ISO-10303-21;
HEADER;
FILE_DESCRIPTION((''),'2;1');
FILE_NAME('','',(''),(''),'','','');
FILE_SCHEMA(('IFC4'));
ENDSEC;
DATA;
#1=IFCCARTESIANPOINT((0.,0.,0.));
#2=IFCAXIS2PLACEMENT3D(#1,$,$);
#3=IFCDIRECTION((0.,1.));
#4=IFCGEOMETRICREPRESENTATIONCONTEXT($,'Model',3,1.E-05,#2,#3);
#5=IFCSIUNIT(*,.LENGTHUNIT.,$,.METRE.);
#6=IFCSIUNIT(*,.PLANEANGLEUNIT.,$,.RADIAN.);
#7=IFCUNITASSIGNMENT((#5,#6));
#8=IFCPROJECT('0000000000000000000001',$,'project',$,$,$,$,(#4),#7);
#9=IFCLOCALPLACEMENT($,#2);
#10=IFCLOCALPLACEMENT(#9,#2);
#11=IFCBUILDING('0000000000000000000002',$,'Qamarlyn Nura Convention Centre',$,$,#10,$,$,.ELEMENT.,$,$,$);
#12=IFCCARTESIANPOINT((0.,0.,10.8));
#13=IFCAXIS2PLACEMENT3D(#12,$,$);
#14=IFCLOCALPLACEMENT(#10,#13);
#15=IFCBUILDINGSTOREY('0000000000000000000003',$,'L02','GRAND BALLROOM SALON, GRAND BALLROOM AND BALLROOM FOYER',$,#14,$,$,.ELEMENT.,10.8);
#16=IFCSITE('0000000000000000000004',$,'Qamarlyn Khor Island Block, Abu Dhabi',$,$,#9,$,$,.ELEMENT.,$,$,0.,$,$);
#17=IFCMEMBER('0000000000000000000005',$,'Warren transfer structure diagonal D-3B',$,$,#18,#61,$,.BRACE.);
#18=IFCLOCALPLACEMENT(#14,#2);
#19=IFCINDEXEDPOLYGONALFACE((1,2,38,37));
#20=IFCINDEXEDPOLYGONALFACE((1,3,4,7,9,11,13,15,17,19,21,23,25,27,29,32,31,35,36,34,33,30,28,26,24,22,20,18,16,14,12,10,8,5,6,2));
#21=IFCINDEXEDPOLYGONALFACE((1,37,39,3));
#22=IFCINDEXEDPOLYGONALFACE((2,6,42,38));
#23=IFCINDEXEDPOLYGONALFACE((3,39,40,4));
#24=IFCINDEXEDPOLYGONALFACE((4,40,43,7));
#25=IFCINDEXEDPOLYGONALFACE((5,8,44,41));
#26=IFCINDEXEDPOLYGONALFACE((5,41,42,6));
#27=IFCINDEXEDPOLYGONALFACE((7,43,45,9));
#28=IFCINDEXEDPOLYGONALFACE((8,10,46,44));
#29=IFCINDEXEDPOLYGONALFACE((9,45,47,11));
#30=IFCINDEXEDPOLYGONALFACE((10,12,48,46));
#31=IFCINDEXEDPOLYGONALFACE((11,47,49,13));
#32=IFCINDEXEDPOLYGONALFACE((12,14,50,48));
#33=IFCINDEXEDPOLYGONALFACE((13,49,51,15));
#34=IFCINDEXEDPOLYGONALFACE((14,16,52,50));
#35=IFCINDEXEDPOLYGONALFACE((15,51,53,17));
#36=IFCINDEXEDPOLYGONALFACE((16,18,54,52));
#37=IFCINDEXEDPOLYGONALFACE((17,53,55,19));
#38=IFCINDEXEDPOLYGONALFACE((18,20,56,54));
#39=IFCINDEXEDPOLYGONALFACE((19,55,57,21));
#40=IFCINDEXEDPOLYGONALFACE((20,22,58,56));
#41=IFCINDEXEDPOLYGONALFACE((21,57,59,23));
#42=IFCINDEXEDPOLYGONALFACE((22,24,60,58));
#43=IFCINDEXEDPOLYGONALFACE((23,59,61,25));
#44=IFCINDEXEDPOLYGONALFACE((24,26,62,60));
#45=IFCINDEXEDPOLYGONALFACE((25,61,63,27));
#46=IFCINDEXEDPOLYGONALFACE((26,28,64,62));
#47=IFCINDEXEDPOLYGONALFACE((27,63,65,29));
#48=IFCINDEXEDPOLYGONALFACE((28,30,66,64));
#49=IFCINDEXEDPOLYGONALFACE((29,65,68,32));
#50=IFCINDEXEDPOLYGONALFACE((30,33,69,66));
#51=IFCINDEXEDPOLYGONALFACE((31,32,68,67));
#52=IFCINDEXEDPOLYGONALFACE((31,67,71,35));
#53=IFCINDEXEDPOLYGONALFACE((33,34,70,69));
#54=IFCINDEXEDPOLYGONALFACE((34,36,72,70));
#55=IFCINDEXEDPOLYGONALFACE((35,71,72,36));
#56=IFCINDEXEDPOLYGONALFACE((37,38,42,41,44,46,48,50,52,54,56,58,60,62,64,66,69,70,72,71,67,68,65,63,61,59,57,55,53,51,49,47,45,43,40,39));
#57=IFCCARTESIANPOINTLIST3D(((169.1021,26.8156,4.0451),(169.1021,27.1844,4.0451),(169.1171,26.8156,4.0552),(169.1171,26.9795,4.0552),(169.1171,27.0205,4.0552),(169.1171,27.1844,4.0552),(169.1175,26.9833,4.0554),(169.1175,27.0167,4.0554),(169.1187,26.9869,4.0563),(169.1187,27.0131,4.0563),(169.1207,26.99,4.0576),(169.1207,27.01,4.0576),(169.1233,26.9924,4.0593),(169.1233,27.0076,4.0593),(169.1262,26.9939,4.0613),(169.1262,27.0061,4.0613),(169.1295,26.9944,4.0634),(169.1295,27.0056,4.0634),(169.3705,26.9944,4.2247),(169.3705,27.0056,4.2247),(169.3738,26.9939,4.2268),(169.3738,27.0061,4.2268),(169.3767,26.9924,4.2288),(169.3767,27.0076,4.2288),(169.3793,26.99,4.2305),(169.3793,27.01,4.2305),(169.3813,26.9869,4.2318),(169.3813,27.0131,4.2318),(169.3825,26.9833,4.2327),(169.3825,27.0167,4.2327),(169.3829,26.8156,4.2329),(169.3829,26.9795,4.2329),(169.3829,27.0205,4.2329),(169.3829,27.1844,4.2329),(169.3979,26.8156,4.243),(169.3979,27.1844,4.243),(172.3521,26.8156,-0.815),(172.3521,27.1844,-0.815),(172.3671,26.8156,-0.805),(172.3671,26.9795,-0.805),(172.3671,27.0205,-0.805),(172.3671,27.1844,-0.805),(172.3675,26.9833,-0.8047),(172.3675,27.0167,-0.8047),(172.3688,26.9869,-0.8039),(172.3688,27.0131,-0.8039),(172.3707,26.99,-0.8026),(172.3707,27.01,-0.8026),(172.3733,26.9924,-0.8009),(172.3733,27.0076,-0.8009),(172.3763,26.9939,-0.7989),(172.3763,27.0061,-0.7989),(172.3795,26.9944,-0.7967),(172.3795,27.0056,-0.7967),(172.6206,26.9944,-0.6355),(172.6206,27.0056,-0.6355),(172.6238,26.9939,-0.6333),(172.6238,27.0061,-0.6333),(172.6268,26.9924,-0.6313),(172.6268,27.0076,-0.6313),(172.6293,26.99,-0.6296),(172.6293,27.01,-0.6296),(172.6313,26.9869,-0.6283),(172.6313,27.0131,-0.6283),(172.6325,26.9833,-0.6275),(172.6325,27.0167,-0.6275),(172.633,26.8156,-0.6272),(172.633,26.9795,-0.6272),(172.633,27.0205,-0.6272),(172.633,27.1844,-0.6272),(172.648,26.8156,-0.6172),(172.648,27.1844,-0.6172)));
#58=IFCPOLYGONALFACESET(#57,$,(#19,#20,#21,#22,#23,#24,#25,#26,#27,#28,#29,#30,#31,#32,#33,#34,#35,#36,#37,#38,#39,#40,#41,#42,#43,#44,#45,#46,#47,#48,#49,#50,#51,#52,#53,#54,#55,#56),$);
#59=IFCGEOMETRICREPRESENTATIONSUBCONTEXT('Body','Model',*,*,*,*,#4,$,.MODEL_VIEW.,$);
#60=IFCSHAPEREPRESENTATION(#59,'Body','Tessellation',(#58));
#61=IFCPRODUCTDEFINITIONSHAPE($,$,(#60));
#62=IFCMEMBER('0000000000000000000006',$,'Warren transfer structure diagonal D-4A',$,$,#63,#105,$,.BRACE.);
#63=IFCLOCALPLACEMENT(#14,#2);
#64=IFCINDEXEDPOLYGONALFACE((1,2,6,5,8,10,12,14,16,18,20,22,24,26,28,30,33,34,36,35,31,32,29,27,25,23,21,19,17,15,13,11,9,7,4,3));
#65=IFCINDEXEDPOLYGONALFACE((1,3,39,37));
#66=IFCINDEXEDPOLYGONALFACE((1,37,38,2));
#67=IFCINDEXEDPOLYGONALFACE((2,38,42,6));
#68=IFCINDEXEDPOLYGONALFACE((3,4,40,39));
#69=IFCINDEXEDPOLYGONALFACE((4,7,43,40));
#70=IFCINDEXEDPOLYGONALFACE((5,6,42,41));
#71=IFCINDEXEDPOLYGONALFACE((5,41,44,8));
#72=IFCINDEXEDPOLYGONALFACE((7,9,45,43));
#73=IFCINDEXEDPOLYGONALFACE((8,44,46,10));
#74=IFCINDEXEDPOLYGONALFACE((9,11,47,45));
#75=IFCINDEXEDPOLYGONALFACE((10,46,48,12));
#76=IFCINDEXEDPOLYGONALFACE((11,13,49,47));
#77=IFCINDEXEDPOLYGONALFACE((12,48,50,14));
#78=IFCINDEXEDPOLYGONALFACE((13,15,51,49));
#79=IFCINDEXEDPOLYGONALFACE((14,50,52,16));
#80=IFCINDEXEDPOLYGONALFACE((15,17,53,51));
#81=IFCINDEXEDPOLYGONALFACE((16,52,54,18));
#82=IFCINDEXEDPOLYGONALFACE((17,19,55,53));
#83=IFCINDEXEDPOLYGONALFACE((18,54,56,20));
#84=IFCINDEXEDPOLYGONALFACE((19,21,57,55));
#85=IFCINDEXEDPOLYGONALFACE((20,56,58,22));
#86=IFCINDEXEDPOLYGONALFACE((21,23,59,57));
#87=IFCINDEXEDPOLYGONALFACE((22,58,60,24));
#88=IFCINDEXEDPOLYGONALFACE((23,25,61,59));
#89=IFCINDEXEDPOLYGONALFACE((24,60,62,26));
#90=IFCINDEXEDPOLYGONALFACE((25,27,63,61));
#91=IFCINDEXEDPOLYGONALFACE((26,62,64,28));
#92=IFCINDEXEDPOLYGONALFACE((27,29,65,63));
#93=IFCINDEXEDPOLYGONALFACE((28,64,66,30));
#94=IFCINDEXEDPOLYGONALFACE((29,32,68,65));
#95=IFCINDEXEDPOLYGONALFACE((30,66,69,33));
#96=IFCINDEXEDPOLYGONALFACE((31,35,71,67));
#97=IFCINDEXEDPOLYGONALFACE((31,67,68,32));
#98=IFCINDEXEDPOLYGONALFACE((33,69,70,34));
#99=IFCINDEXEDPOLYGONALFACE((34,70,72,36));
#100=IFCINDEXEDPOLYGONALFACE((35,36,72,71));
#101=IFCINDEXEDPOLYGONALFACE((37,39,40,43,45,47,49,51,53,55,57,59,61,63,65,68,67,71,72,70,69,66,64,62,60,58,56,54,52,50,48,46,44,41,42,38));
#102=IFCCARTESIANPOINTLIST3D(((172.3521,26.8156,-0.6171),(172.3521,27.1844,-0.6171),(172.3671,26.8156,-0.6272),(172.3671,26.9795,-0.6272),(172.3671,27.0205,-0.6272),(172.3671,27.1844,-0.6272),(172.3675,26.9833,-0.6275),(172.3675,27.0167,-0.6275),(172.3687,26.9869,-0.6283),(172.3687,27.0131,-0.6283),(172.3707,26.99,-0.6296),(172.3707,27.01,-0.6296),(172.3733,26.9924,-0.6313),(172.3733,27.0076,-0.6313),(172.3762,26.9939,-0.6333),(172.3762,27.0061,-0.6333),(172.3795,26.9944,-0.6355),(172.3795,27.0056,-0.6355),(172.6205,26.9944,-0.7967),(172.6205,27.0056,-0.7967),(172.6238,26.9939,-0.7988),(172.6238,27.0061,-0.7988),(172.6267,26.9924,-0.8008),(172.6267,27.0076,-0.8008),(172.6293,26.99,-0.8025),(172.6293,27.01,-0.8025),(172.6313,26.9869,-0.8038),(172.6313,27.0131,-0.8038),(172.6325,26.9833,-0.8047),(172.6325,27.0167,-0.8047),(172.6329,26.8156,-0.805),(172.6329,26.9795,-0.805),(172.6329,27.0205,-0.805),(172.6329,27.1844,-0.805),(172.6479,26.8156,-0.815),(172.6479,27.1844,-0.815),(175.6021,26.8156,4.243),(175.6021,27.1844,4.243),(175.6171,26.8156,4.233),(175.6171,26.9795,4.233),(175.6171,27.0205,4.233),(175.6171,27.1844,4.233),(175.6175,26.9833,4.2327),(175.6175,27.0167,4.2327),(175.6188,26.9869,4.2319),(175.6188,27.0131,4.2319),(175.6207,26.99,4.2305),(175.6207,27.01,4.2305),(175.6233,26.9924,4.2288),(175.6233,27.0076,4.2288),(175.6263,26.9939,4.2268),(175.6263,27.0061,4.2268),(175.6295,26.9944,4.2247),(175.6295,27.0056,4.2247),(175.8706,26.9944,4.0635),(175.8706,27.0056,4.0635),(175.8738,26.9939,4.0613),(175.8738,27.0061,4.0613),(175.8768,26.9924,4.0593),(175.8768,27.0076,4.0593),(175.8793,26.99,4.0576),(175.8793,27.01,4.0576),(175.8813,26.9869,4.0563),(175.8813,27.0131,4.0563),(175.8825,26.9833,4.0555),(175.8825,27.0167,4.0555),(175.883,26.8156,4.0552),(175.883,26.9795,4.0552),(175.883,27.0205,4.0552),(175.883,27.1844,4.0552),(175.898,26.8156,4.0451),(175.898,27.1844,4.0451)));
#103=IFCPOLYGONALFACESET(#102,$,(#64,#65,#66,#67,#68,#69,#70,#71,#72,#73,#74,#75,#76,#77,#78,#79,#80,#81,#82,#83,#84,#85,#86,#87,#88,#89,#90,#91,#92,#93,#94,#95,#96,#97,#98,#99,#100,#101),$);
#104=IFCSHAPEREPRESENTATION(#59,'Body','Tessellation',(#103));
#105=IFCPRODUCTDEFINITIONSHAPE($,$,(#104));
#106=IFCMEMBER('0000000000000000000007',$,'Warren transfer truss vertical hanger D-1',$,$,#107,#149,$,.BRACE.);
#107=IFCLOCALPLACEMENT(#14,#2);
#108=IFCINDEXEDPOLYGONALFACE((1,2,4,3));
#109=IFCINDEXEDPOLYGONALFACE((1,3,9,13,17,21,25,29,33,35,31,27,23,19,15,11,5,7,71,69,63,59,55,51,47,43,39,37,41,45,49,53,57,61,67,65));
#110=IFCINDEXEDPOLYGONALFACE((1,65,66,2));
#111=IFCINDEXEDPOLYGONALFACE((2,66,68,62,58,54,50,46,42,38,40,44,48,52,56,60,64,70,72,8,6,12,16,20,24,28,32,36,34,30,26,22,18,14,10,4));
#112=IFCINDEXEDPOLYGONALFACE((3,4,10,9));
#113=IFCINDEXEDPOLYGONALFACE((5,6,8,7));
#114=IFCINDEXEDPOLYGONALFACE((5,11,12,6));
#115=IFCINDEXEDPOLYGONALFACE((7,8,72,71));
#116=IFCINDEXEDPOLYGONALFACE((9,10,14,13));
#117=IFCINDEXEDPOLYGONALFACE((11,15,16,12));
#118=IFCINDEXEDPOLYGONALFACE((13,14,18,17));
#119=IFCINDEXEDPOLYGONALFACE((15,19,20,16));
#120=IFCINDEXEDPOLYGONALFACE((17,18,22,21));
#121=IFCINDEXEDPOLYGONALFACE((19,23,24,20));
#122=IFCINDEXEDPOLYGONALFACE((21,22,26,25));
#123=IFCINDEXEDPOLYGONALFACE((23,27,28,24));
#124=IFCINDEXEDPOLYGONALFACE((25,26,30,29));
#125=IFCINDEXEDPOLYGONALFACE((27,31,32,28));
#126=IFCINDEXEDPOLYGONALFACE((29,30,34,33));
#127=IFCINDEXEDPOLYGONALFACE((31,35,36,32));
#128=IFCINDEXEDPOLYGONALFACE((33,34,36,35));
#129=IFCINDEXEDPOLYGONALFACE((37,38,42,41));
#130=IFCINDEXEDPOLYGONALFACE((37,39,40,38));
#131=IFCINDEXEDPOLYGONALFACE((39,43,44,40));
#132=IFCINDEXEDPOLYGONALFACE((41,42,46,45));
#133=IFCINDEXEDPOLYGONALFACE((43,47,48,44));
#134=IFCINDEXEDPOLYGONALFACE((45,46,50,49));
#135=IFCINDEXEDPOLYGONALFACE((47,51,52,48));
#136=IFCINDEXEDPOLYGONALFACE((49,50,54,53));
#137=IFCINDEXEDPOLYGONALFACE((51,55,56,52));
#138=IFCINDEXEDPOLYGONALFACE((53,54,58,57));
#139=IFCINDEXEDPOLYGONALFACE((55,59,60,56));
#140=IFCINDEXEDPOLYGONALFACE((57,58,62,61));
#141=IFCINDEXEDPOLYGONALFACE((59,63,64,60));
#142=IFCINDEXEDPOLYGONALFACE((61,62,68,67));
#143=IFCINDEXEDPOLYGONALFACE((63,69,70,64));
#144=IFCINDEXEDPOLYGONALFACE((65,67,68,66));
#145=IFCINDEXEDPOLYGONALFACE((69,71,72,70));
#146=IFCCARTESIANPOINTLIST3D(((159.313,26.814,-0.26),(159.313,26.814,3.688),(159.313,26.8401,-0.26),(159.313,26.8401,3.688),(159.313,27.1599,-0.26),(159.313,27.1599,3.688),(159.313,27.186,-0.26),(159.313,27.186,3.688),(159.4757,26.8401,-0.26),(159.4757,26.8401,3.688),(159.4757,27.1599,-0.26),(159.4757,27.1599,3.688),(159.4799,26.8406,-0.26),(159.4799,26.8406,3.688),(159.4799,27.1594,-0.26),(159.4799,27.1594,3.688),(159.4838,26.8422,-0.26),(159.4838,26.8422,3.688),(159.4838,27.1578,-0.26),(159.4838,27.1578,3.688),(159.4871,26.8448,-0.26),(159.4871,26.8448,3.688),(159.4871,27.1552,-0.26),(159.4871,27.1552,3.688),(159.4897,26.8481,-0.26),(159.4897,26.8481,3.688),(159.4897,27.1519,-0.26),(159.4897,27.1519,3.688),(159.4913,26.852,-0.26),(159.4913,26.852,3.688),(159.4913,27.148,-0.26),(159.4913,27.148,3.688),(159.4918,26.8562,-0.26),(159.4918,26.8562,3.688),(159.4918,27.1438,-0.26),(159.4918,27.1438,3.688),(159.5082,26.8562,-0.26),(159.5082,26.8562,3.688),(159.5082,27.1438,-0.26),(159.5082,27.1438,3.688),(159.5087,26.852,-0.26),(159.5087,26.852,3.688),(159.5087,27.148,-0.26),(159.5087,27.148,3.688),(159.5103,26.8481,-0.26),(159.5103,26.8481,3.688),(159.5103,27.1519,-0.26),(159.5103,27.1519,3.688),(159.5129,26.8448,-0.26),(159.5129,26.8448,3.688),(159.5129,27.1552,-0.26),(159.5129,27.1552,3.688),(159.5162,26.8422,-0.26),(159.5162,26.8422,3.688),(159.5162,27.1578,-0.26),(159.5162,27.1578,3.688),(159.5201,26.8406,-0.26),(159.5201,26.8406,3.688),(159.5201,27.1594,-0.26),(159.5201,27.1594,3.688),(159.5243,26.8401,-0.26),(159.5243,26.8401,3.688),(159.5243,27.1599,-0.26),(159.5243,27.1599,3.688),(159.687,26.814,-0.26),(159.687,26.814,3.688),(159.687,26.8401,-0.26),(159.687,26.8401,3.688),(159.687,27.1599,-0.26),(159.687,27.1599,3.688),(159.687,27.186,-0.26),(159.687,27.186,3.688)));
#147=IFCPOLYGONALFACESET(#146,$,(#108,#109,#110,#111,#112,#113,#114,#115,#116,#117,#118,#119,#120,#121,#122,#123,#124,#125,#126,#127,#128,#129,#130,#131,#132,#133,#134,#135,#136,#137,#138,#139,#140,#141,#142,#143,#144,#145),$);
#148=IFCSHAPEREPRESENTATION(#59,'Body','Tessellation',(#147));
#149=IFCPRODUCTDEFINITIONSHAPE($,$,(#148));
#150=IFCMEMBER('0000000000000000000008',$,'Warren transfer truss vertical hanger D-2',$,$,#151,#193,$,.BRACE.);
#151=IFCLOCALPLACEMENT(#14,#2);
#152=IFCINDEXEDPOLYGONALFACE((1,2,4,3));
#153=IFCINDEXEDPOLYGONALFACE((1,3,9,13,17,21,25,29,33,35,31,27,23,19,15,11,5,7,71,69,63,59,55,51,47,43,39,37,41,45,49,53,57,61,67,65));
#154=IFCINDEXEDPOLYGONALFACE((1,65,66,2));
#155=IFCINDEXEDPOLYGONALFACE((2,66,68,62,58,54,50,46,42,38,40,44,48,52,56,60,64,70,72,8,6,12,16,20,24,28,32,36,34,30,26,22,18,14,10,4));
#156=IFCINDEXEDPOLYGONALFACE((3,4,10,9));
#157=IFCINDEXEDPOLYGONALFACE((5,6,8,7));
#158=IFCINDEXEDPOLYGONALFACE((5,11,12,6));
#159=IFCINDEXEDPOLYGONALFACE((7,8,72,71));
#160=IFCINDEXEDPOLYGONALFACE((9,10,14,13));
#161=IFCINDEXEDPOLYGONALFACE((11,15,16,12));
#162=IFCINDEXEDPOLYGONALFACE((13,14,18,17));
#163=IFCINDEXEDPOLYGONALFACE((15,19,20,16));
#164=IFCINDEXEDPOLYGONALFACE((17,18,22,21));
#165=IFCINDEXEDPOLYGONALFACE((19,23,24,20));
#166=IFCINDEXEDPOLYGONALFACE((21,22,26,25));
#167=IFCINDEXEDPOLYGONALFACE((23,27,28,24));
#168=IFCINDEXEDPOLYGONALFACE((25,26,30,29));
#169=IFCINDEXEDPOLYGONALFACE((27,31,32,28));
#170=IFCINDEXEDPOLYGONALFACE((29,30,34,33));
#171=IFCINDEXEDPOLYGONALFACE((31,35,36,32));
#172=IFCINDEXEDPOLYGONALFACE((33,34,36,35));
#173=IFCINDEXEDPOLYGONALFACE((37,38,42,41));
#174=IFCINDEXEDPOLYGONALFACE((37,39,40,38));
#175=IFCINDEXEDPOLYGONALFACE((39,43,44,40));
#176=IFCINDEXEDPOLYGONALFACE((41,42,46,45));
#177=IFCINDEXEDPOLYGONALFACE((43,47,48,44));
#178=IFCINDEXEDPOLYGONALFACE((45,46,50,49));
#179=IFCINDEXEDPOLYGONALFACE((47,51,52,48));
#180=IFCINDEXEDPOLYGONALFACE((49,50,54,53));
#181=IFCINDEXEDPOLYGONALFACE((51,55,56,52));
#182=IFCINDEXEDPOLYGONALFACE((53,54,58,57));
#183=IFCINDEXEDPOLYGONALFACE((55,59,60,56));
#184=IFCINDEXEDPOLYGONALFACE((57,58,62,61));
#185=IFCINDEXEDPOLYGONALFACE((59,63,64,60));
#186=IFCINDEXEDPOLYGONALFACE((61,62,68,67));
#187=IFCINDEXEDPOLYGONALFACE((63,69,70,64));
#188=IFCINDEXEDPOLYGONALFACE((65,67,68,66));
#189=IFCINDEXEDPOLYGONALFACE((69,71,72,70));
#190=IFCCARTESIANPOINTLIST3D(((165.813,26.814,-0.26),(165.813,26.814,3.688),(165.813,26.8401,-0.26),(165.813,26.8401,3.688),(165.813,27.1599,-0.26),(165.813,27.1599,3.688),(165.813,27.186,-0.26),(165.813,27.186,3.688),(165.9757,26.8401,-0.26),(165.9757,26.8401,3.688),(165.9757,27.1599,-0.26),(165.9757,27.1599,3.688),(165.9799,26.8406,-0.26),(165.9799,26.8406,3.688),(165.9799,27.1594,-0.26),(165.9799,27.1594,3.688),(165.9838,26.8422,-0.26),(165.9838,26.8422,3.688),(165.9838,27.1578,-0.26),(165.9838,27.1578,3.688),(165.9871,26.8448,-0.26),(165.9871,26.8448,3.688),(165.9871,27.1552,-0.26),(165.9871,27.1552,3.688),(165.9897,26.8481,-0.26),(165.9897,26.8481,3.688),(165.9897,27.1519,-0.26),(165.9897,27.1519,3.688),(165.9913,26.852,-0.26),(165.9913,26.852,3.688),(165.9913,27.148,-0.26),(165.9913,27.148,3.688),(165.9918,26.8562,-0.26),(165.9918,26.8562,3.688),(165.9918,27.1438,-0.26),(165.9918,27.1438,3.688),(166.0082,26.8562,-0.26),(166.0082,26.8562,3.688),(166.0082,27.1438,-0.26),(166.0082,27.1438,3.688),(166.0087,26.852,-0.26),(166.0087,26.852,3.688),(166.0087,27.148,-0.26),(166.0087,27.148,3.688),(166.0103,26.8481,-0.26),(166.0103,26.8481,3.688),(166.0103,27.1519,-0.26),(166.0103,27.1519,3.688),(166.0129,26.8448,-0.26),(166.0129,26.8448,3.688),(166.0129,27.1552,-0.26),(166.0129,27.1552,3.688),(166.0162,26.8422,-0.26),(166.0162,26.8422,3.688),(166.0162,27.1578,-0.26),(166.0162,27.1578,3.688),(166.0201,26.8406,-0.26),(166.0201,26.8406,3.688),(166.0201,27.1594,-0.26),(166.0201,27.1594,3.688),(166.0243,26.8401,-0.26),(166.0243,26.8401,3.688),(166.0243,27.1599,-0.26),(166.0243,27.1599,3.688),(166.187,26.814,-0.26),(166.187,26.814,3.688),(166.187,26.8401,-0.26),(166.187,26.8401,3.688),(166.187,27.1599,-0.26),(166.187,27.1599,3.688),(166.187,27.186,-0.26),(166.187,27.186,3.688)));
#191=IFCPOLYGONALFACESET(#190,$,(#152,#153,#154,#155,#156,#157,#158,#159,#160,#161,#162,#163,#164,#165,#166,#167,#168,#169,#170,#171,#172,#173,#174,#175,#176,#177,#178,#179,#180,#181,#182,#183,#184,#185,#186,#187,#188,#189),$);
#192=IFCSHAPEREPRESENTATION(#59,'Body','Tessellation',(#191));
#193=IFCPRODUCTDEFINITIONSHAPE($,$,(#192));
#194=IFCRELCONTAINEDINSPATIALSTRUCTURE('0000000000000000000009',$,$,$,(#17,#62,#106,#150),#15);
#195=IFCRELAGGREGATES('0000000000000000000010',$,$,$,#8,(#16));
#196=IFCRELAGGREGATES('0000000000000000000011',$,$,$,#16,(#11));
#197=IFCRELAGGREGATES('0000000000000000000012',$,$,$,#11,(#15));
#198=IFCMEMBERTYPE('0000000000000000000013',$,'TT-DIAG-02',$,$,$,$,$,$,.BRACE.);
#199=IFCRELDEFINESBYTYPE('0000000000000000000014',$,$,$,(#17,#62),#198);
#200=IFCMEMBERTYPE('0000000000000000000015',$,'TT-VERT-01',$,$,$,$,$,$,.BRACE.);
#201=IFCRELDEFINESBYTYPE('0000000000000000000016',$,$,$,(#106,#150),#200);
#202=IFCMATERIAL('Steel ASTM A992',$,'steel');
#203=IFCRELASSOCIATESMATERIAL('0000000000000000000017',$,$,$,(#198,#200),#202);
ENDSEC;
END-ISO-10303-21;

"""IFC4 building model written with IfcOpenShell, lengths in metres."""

from ifc_helpers import new_model, si_unit, direction, frame, origin, origin_2d, place, context, subcontext, project, spatial, i_section, extrude, material, material_profile, profile_set, type_object, element, save


model = new_model("IFC4")

# Units and contexts
model_context = context("Model", 3, precision=1e-05, world=origin(), true_north=direction((0.0, 1.0)))
body_context = subcontext(model_context, "Body", "Model", "MODEL_VIEW")
ifc_project = project(units=[si_unit("LENGTHUNIT", "METRE"), si_unit("PLANEANGLEUNIT", "RADIAN")], contexts=[model_context])

# Site, building, storey
site_placement = place(None, origin())
site = spatial("IfcSite", under=ifc_project, at=site_placement, Name="Qamarlyn Khor Island Block, Abu Dhabi", CompositionType="ELEMENT", RefElevation=0.0)
building_placement = place(site_placement, origin())
building = spatial("IfcBuilding", under=site, at=building_placement, Name="Qamarlyn Nura Convention Centre", CompositionType="ELEMENT")
storey_placement = place(building_placement, frame((0.0, 0.0, 10.8)))
storey = spatial("IfcBuildingStorey", under=building, at=storey_placement, Name="L02", Description="GRAND BALLROOM SALON, GRAND BALLROOM AND BALLROOM FOYER", CompositionType="ELEMENT", Elevation=10.8)

# Shared definitions
ifc_material_1 = material(Name="Steel ASTM A992", Category="steel")

# Members
ifc_material_profile_1 = material_profile(ifc_material_1, i_section(OverallWidth=0.3689, OverallDepth=0.356, WebThickness=0.0112, FlangeThickness=0.0181, FilletRadius=0.0149, at=origin_2d()), Name="W360X134")
ifc_profile_set_1 = profile_set([ifc_material_profile_1], Name="Steel ASTM A992")
member_type_1 = type_object("IfcMemberType", Name="TT-DIAG-02", PredefinedType="BRACE", material=ifc_profile_set_1)
for number, where, z_axis, x_axis, name in (
    (1, (169.25, 27.0, 4.144), (0.555875, 0.0, -0.831266), (0.0, 1.0, 0.0), "Warren transfer structure diagonal D-3B"),
    (2, (172.5, 27.0, -0.7161), (0.555875, 0.0, 0.831266), (0.0, 1.0, 0.0), "Warren transfer structure diagonal D-4A"),
):
    element("IfcMember", number, at=place(storey_placement, frame(where, z_axis=z_axis, x_axis=x_axis)), inside=storey, type_object=member_type_1, Name=name, PredefinedType="BRACE", context=body_context, shape_type="SweptSolid", body=[
        extrude(i_section(OverallWidth=0.3689, OverallDepth=0.356, WebThickness=0.0112, FlangeThickness=0.0181, FilletRadius=0.0149, at=origin_2d()), origin(), (0.0, 0.0, 1.0), 5.8467),
    ])
ifc_material_profile_2 = material_profile(ifc_material_1, i_section(OverallWidth=0.374, OverallDepth=0.3721, WebThickness=0.0164, FlangeThickness=0.0261, FilletRadius=0.0161, at=origin_2d()), Name="W360X196")
ifc_profile_set_2 = profile_set([ifc_material_profile_2], Name="Steel ASTM A992")
member_type_2 = type_object("IfcMemberType", Name="TT-VERT-01", PredefinedType="BRACE", material=ifc_profile_set_2)
for number, where, z_axis, x_axis, name in (
    (3, (159.5, 27.0, -0.26), (0.0, 0.0, 1.0), (1.0, 0.0, 0.0), "Warren transfer truss vertical hanger D-1"),
    (4, (166.0, 27.0, -0.26), (0.0, 0.0, 1.0), (1.0, 0.0, 0.0), "Warren transfer truss vertical hanger D-2"),
):
    element("IfcMember", number, at=place(storey_placement, frame(where, z_axis=z_axis, x_axis=x_axis)), inside=storey, type_object=member_type_2, Name=name, PredefinedType="BRACE", context=body_context, shape_type="SweptSolid", body=[
        extrude(i_section(OverallWidth=0.374, OverallDepth=0.3721, WebThickness=0.0164, FlangeThickness=0.0261, FilletRadius=0.0161, at=origin_2d()), origin(), (0.0, 0.0, 1.0), 3.948),
    ])

save(model, "model.ifc")
